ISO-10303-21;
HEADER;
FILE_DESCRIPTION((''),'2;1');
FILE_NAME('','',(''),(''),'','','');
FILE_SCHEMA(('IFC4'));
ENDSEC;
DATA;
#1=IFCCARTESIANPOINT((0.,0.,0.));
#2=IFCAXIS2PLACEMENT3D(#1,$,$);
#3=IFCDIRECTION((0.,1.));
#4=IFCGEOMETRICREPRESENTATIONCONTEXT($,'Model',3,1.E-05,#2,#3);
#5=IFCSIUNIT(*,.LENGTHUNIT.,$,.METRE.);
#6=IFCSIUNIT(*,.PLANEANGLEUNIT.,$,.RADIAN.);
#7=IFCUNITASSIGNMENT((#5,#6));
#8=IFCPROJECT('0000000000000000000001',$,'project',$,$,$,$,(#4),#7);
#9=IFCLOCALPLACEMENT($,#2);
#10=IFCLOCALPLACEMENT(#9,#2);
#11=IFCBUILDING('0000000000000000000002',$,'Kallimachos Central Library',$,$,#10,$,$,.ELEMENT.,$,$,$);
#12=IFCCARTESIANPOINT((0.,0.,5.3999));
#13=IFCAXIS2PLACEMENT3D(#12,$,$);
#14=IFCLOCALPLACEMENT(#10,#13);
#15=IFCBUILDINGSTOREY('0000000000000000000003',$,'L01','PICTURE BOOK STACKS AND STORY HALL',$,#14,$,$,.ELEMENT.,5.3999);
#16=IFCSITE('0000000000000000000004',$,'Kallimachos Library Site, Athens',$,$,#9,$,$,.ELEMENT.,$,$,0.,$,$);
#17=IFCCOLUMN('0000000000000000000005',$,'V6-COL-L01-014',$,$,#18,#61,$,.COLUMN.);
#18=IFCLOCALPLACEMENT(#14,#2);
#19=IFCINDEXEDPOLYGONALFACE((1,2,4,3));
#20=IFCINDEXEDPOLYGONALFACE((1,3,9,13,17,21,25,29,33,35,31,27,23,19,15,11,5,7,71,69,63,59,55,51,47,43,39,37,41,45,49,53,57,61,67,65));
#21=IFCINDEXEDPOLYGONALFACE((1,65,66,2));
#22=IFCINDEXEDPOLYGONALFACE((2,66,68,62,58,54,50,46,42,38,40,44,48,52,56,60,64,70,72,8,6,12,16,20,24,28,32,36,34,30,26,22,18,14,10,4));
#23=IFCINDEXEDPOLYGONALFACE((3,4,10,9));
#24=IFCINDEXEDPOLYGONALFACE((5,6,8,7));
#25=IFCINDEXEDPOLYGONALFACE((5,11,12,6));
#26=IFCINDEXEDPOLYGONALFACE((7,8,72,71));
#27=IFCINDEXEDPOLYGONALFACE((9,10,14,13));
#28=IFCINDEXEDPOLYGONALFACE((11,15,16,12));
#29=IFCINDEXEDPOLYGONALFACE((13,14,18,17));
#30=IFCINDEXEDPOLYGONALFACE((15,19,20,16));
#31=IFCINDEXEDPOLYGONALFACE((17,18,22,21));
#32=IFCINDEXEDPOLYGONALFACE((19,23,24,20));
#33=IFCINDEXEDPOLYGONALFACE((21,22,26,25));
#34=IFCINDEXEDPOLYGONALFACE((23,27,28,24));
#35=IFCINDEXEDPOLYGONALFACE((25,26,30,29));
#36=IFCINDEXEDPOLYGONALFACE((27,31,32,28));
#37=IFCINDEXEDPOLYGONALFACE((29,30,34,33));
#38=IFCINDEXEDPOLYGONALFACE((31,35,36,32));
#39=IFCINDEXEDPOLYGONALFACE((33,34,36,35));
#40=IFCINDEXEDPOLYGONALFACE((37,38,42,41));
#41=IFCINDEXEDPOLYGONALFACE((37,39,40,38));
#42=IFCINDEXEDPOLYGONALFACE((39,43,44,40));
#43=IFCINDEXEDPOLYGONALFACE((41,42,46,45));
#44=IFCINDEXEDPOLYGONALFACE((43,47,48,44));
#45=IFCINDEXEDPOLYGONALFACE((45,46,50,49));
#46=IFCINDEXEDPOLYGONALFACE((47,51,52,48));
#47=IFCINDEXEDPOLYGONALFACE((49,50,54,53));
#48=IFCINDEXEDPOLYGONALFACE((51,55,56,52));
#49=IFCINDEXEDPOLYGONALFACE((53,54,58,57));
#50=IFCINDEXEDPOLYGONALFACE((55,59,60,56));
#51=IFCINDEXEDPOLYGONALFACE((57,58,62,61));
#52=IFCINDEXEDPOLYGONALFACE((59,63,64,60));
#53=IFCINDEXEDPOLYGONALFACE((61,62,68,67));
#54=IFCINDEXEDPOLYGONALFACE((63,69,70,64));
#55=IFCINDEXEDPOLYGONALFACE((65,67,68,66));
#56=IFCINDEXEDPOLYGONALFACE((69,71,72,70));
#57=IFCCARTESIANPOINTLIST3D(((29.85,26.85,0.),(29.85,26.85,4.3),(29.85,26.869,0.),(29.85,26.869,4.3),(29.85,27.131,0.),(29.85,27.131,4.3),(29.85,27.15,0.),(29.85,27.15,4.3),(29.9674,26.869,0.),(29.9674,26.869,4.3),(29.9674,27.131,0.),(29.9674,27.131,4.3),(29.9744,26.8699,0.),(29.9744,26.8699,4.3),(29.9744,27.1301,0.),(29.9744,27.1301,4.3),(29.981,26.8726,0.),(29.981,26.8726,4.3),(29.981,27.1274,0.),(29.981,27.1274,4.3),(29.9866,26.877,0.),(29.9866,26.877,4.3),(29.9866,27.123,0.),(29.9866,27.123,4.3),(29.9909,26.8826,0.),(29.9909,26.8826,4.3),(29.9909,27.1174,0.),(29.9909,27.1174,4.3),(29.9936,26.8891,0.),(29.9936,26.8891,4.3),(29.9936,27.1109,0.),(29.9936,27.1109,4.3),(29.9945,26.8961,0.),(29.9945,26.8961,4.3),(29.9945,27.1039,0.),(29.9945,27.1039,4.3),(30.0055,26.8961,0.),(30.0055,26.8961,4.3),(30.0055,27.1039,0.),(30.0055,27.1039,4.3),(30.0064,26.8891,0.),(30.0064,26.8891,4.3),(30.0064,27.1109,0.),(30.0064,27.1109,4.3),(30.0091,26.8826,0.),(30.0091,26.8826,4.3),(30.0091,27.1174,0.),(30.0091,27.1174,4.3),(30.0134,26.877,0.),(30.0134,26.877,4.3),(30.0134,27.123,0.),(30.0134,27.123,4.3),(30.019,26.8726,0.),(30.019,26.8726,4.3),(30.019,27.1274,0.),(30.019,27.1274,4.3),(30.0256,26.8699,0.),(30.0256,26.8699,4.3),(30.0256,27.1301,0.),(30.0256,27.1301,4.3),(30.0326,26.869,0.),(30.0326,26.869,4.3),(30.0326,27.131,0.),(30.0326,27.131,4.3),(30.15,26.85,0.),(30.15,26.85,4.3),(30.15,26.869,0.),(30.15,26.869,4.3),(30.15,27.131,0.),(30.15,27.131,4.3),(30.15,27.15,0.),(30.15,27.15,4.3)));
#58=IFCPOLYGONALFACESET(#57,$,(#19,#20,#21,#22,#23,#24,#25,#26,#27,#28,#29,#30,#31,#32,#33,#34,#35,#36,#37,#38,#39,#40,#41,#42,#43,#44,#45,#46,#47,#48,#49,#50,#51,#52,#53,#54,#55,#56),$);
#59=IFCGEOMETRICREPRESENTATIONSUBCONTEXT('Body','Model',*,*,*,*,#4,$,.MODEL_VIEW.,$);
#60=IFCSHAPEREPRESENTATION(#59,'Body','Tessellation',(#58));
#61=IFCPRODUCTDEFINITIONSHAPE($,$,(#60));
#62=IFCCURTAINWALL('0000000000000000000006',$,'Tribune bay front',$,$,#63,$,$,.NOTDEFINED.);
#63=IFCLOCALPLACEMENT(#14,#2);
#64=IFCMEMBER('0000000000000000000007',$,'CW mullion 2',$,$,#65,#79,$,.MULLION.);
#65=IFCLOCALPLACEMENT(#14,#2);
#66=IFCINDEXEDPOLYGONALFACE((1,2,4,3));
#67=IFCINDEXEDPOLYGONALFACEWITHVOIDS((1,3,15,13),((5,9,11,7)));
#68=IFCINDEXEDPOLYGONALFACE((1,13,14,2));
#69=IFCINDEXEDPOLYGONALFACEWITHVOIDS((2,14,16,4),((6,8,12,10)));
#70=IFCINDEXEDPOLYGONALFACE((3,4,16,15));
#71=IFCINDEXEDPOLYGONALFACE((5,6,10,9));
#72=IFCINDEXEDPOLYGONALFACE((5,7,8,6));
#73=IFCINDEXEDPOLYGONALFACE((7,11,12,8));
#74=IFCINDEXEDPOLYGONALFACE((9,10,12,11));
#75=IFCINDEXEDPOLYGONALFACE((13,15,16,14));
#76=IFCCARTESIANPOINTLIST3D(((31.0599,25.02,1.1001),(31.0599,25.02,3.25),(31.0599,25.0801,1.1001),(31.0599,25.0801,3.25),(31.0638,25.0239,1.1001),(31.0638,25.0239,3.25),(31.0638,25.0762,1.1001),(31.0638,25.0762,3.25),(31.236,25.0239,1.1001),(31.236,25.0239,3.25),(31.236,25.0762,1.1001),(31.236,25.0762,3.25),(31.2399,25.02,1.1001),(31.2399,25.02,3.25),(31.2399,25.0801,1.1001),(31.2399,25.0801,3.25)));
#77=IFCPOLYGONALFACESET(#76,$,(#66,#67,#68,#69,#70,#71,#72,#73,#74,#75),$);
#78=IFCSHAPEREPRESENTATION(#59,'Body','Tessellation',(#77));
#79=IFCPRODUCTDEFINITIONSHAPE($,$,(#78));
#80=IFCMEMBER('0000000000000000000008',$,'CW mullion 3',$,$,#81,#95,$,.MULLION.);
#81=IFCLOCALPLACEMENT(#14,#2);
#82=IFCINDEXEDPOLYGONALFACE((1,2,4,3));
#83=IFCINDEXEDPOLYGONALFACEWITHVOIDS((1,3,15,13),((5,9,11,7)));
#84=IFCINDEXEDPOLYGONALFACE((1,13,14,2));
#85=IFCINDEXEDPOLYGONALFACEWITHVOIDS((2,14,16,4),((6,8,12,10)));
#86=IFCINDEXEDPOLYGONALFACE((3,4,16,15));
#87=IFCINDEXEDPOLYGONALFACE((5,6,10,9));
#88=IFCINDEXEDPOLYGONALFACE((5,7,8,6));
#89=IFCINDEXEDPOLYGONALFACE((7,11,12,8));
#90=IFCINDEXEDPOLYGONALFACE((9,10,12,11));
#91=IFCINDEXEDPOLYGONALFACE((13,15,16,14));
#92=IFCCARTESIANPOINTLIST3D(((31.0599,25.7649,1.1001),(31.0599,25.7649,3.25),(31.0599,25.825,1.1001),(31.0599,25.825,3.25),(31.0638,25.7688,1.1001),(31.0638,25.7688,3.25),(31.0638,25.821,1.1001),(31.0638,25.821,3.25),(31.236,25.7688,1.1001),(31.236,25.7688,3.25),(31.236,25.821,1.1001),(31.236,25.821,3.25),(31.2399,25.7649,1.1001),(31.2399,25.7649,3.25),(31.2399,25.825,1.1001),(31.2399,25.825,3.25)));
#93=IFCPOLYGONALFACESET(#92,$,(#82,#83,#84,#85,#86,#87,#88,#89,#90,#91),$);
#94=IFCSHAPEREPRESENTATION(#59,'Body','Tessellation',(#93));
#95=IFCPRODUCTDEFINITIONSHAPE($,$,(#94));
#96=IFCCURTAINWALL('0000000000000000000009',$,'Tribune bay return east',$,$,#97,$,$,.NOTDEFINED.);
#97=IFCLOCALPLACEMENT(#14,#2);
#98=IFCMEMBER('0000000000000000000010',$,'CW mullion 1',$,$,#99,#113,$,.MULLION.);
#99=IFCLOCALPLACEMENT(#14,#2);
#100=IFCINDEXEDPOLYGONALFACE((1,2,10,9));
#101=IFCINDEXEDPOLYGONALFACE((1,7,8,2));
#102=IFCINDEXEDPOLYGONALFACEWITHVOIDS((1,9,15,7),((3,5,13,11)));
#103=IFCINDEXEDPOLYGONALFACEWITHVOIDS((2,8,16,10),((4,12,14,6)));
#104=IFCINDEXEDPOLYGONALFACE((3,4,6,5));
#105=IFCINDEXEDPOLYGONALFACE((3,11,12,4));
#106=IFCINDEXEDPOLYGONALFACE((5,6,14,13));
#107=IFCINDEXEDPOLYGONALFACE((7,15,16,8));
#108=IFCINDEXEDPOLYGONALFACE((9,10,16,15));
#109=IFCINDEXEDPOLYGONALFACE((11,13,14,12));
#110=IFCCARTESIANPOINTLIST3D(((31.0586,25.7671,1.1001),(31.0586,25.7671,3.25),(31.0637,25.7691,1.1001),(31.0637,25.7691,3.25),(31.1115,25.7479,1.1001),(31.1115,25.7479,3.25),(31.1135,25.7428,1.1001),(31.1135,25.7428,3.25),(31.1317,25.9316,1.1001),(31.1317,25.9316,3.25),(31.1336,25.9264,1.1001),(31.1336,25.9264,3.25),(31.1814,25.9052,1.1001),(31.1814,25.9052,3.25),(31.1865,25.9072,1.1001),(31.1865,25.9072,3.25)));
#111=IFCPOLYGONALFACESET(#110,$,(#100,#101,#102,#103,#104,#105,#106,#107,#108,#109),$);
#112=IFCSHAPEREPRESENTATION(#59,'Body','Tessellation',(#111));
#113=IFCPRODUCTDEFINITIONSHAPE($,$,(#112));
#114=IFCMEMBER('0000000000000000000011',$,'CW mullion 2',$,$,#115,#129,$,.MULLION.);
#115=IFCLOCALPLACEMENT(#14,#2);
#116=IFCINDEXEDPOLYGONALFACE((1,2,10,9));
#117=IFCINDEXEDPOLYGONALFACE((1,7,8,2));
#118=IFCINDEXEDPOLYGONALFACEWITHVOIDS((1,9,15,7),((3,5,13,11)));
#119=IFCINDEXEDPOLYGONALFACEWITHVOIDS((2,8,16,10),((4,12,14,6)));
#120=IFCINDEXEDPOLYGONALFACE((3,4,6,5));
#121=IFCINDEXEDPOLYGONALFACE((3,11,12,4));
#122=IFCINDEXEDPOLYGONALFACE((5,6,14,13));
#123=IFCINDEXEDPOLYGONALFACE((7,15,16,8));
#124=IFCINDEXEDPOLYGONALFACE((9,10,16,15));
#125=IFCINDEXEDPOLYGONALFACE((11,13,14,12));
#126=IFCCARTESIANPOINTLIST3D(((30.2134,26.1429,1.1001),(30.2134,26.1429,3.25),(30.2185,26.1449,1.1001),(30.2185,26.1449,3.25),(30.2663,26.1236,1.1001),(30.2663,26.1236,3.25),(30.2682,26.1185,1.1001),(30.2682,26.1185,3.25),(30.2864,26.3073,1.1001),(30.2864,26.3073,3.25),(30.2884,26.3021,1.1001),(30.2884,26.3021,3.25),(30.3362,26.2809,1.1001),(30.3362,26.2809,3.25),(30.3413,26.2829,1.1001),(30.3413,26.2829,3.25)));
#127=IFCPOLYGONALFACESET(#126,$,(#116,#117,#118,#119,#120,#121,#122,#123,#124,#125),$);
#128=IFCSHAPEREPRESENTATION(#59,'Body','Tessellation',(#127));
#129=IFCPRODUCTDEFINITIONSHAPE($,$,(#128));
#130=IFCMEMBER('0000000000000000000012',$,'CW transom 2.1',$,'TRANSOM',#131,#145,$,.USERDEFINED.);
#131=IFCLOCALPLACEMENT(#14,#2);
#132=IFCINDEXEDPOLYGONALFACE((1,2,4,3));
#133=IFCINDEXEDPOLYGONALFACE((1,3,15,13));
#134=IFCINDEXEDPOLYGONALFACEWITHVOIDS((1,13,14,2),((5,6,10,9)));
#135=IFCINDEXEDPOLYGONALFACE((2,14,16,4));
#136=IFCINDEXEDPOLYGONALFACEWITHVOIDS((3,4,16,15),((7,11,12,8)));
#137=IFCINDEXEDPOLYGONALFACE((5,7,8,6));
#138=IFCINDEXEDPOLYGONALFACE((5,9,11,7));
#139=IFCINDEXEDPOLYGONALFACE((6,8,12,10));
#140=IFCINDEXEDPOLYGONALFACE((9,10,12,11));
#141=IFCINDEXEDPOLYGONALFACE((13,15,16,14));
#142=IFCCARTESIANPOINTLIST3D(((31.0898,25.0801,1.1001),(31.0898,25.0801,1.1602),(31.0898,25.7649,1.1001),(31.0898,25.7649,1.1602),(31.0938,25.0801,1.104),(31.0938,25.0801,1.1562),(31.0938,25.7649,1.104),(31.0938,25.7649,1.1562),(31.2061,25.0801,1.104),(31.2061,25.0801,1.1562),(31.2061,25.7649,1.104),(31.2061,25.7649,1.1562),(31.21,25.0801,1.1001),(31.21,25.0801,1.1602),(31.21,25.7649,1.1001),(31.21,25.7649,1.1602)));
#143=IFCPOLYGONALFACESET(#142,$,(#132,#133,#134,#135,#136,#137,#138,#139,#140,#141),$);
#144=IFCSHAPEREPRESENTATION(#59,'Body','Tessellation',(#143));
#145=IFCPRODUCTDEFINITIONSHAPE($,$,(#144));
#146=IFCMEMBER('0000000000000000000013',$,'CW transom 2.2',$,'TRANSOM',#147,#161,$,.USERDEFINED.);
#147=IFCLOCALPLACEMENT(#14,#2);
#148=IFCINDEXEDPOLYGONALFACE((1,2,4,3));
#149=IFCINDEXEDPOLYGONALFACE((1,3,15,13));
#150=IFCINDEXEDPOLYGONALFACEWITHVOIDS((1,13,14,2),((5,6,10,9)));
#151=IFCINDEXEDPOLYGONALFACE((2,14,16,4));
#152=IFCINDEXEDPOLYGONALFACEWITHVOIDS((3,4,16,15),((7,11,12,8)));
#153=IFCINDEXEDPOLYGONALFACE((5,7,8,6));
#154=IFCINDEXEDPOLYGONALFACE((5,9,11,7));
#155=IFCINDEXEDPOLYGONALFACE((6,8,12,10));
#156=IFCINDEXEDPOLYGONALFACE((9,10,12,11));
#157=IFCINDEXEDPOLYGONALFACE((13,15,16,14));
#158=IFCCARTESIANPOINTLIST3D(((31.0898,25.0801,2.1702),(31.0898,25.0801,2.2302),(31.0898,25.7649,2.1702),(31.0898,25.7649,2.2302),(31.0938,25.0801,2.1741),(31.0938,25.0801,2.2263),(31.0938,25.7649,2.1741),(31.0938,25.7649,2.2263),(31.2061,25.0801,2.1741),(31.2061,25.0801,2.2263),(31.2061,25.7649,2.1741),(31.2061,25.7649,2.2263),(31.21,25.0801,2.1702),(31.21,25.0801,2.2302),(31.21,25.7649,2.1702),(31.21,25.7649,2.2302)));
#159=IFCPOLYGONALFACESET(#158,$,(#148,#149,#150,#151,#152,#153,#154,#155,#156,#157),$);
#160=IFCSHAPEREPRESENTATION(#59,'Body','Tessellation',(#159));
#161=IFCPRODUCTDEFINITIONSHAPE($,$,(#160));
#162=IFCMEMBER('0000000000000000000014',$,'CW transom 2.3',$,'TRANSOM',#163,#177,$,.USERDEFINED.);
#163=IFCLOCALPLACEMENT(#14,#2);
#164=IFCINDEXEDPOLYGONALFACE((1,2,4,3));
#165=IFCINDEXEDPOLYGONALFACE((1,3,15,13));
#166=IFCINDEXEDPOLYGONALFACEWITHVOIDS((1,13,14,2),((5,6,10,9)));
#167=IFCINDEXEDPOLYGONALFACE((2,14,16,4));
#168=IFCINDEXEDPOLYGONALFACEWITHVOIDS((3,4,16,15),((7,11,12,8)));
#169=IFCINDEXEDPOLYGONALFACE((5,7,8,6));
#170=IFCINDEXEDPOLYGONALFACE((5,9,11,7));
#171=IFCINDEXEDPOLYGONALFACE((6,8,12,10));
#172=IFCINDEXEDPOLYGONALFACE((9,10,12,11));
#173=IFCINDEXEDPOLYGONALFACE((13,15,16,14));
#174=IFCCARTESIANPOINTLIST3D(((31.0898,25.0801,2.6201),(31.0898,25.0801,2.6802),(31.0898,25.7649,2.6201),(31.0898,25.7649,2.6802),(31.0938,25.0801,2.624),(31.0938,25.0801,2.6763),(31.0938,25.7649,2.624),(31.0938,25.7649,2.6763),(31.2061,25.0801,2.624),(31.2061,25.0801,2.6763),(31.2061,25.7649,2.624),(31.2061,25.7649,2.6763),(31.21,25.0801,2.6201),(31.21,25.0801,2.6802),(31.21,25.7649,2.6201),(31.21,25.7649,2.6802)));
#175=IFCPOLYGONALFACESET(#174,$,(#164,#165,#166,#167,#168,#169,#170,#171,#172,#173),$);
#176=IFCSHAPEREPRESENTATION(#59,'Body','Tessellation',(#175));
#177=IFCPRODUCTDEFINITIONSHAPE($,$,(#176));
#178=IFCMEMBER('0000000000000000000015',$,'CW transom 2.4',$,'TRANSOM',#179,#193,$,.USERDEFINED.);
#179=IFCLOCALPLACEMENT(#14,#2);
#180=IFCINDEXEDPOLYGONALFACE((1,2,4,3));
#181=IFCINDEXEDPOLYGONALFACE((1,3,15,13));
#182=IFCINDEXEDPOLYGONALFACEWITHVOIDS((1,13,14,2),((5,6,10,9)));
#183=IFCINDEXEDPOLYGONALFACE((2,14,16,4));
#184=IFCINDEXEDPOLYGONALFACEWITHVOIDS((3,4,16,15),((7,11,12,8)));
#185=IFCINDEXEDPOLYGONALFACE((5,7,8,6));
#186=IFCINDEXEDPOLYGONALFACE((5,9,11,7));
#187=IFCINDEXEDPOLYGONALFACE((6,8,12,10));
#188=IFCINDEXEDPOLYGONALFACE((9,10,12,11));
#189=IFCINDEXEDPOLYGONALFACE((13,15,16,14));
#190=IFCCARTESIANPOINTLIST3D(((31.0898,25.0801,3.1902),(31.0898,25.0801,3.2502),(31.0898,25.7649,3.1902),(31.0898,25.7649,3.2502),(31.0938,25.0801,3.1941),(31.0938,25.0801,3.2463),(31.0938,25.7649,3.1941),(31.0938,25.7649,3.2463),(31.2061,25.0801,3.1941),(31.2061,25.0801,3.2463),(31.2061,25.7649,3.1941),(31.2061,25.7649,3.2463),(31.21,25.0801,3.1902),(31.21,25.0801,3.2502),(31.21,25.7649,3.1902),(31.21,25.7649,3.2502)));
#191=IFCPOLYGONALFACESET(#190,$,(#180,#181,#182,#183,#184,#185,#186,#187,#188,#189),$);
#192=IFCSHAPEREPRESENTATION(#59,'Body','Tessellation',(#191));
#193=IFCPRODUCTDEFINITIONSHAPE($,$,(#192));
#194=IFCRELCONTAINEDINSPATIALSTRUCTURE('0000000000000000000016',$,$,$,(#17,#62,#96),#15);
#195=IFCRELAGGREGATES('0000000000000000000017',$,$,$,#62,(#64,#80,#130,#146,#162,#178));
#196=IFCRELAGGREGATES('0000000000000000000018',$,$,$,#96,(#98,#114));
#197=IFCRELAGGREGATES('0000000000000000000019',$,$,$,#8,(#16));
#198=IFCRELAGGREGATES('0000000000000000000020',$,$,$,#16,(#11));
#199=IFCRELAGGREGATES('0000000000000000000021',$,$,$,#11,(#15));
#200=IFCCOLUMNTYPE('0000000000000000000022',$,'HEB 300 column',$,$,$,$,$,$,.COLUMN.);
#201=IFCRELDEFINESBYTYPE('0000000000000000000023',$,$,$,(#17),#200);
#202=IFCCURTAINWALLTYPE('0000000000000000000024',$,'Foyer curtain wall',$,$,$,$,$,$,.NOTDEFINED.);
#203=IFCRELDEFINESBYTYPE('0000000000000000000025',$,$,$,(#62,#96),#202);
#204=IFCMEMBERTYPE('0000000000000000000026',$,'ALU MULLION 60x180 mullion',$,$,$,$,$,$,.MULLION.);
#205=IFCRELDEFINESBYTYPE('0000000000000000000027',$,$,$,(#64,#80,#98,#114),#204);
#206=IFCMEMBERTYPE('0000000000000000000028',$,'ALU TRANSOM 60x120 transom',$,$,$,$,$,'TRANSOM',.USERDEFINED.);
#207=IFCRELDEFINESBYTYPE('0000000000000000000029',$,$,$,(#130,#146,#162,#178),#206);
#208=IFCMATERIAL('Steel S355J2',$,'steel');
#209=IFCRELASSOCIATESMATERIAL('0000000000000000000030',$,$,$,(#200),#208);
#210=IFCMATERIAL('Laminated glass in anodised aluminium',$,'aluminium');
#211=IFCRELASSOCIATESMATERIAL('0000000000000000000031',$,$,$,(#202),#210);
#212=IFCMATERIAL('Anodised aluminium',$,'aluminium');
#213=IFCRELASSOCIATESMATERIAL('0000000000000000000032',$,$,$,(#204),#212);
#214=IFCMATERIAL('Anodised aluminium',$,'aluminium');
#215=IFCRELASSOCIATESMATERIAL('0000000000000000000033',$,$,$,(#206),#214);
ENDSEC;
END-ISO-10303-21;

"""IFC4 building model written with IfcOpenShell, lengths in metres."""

from ifc_helpers import new_model, si_unit, direction, frame, origin, origin_2d, place, context, subcontext, project, spatial, hollow_rectangle, i_section, extrude, material, material_profile, profile_set, type_object, element, aggregate, save


model = new_model("IFC4")

# Units and contexts
model_context = context("Model", 3, precision=1e-05, world=origin(), true_north=direction((0.0, 1.0)))
body_context = subcontext(model_context, "Body", "Model", "MODEL_VIEW")
ifc_project = project(units=[si_unit("LENGTHUNIT", "METRE"), si_unit("PLANEANGLEUNIT", "RADIAN")], contexts=[model_context])

# Site, building, storey
site_placement = place(None, origin())
site = spatial("IfcSite", under=ifc_project, at=site_placement, Name="Kallimachos Library Site, Athens", CompositionType="ELEMENT", RefElevation=0.0)
building_placement = place(site_placement, origin())
building = spatial("IfcBuilding", under=site, at=building_placement, Name="Kallimachos Central Library", CompositionType="ELEMENT")
storey_placement = place(building_placement, frame((0.0, 0.0, 5.3999)))
storey = spatial("IfcBuildingStorey", under=building, at=storey_placement, Name="L01", Description="PICTURE BOOK STACKS AND STORY HALL", CompositionType="ELEMENT", Elevation=5.3999)

# Column
ifc_material_1 = material(Name="Steel S355J2", Category="steel")
ifc_material_profile_1 = material_profile(ifc_material_1, i_section(OverallWidth=0.3, OverallDepth=0.3, WebThickness=0.011, FlangeThickness=0.019, FilletRadius=0.0271, at=origin_2d()), Name="HEB 300")
ifc_profile_set_1 = profile_set([ifc_material_profile_1], Name="Steel S355J2")
column_type = type_object("IfcColumnType", Name="HEB 300 column", PredefinedType="COLUMN", material=ifc_profile_set_1)
column_placement = place(storey_placement, frame((30.0, 27.0, 0.0), z_axis=(0.0, 0.0, 1.0), x_axis=(1.0, 0.0, 0.0)))
element("IfcColumn", 1, at=column_placement, inside=storey, type_object=column_type, Name="V6-COL-L01-014", PredefinedType="COLUMN", context=body_context, shape_type="SweptSolid", body=[
    extrude(i_section(OverallWidth=0.3, OverallDepth=0.3, WebThickness=0.011, FlangeThickness=0.019, FilletRadius=0.0271, at=origin_2d()), origin(), (0.0, 0.0, 1.0), 4.3),
])

# Curtain walls, members
ifc_material_2 = material(Name="Laminated glass in anodised aluminium", Category="aluminium")
curtain_wall_type = type_object("IfcCurtainWallType", Name="Foyer curtain wall", PredefinedType="NOTDEFINED", material=ifc_material_2)
curtain_wall_1_placement = place(storey_placement, origin())
curtain_wall_1 = element("IfcCurtainWall", 2, at=curtain_wall_1_placement, inside=storey, type_object=curtain_wall_type, Name="Tribune bay front", PredefinedType="NOTDEFINED")
ifc_material_3 = material(Name="Anodised aluminium", Category="aluminium")
ifc_material_profile_2 = material_profile(ifc_material_3, hollow_rectangle(XDim=0.0601, YDim=0.1799, WallThickness=0.0039, at=origin_2d()), Name="ALU MULLION 60x180")
ifc_profile_set_2 = profile_set([ifc_material_profile_2], Name="Anodised aluminium")
member_type_1 = type_object("IfcMemberType", Name="ALU MULLION 60x180 mullion", PredefinedType="MULLION", material=ifc_profile_set_2)
member_1_placement = place(storey_placement, frame((31.1499, 25.05, 1.1001), z_axis=(0.0, 0.0, 1.0), x_axis=(0.0, 1.0, 0.0)))
member_1 = element("IfcMember", 3, at=member_1_placement, type_object=member_type_1, Name="CW mullion 2", PredefinedType="MULLION", context=body_context, shape_type="SweptSolid", body=[
    extrude(hollow_rectangle(XDim=0.0601, YDim=0.1799, WallThickness=0.0039, at=origin_2d()), origin(), (0.0, 0.0, 1.0), 2.1499),
])
member_2_placement = place(storey_placement, frame((31.1499, 25.7949, 1.1001), z_axis=(0.0, 0.0, 1.0), x_axis=(0.0, 1.0, 0.0)))
member_2 = element("IfcMember", 4, at=member_2_placement, type_object=member_type_1, Name="CW mullion 3", PredefinedType="MULLION", context=body_context, shape_type="SweptSolid", body=[
    extrude(hollow_rectangle(XDim=0.0601, YDim=0.1799, WallThickness=0.0039, at=origin_2d()), origin(), (0.0, 0.0, 1.0), 2.1499),
])
curtain_wall_2_placement = place(storey_placement, origin())
curtain_wall_2 = element("IfcCurtainWall", 5, at=curtain_wall_2_placement, inside=storey, type_object=curtain_wall_type, Name="Tribune bay return east", PredefinedType="NOTDEFINED")
member_3_placement = place(storey_placement, frame((31.1226, 25.8372, 1.1001), z_axis=(0.0, 0.0, 1.0), x_axis=(-0.913812, 0.406138, 0.0)))
member_3 = element("IfcMember", 6, at=member_3_placement, type_object=member_type_1, Name="CW mullion 1", PredefinedType="MULLION", context=body_context, shape_type="SweptSolid", body=[
    extrude(hollow_rectangle(XDim=0.0601, YDim=0.1799, WallThickness=0.0039, at=origin_2d()), origin(), (0.0, 0.0, 1.0), 2.1499),
])
member_4_placement = place(storey_placement, frame((30.2773, 26.2129, 1.1001), z_axis=(0.0, 0.0, 1.0), x_axis=(-0.913812, 0.406138, 0.0)))
member_4 = element("IfcMember", 7, at=member_4_placement, type_object=member_type_1, Name="CW mullion 2", PredefinedType="MULLION", context=body_context, shape_type="SweptSolid", body=[
    extrude(hollow_rectangle(XDim=0.0601, YDim=0.1799, WallThickness=0.0039, at=origin_2d()), origin(), (0.0, 0.0, 1.0), 2.1499),
])

# Members
ifc_material_4 = material(Name="Anodised aluminium", Category="aluminium")
ifc_material_profile_3 = material_profile(ifc_material_4, hollow_rectangle(XDim=0.0601, YDim=0.1201, WallThickness=0.0039, at=origin_2d()), Name="ALU TRANSOM 60x120")
ifc_profile_set_3 = profile_set([ifc_material_profile_3], Name="Anodised aluminium")
member_type_2 = type_object("IfcMemberType", Name="ALU TRANSOM 60x120 transom", ElementType="TRANSOM", PredefinedType="USERDEFINED", material=ifc_profile_set_3)
member_5_placement = place(storey_placement, frame((31.1499, 25.0801, 1.1301), z_axis=(0.0, 1.0, 0.0), x_axis=(0.0, 0.0, 1.0)))
member_5 = element("IfcMember", 8, at=member_5_placement, type_object=member_type_2, Name="CW transom 2.1", ObjectType="TRANSOM", PredefinedType="USERDEFINED", context=body_context, shape_type="SweptSolid", body=[
    extrude(hollow_rectangle(XDim=0.0601, YDim=0.1201, WallThickness=0.0039, at=origin_2d()), origin(), (0.0, 0.0, 1.0), 0.6848),
])
member_6_placement = place(storey_placement, frame((31.1499, 25.0801, 2.2002), z_axis=(0.0, 1.0, 0.0), x_axis=(0.0, 0.0, 1.0)))
member_6 = element("IfcMember", 9, at=member_6_placement, type_object=member_type_2, Name="CW transom 2.2", ObjectType="TRANSOM", PredefinedType="USERDEFINED", context=body_context, shape_type="SweptSolid", body=[
    extrude(hollow_rectangle(XDim=0.0601, YDim=0.1201, WallThickness=0.0039, at=origin_2d()), origin(), (0.0, 0.0, 1.0), 0.6848),
])
member_7_placement = place(storey_placement, frame((31.1499, 25.0801, 2.6501), z_axis=(0.0, 1.0, 0.0), x_axis=(0.0, 0.0, 1.0)))
member_7 = element("IfcMember", 10, at=member_7_placement, type_object=member_type_2, Name="CW transom 2.3", ObjectType="TRANSOM", PredefinedType="USERDEFINED", context=body_context, shape_type="SweptSolid", body=[
    extrude(hollow_rectangle(XDim=0.0601, YDim=0.1201, WallThickness=0.0039, at=origin_2d()), origin(), (0.0, 0.0, 1.0), 0.6848),
])
member_8_placement = place(storey_placement, frame((31.1499, 25.0801, 3.2202), z_axis=(0.0, 1.0, 0.0), x_axis=(0.0, 0.0, 1.0)))
member_8 = element("IfcMember", 11, at=member_8_placement, type_object=member_type_2, Name="CW transom 2.4", ObjectType="TRANSOM", PredefinedType="USERDEFINED", context=body_context, shape_type="SweptSolid", body=[
    extrude(hollow_rectangle(XDim=0.0601, YDim=0.1201, WallThickness=0.0039, at=origin_2d()), origin(), (0.0, 0.0, 1.0), 0.6848),
])

aggregate(curtain_wall_1, [member_1, member_2, member_5, member_6, member_7, member_8])
aggregate(curtain_wall_2, [member_3, member_4])

save(model, "model.ifc")
